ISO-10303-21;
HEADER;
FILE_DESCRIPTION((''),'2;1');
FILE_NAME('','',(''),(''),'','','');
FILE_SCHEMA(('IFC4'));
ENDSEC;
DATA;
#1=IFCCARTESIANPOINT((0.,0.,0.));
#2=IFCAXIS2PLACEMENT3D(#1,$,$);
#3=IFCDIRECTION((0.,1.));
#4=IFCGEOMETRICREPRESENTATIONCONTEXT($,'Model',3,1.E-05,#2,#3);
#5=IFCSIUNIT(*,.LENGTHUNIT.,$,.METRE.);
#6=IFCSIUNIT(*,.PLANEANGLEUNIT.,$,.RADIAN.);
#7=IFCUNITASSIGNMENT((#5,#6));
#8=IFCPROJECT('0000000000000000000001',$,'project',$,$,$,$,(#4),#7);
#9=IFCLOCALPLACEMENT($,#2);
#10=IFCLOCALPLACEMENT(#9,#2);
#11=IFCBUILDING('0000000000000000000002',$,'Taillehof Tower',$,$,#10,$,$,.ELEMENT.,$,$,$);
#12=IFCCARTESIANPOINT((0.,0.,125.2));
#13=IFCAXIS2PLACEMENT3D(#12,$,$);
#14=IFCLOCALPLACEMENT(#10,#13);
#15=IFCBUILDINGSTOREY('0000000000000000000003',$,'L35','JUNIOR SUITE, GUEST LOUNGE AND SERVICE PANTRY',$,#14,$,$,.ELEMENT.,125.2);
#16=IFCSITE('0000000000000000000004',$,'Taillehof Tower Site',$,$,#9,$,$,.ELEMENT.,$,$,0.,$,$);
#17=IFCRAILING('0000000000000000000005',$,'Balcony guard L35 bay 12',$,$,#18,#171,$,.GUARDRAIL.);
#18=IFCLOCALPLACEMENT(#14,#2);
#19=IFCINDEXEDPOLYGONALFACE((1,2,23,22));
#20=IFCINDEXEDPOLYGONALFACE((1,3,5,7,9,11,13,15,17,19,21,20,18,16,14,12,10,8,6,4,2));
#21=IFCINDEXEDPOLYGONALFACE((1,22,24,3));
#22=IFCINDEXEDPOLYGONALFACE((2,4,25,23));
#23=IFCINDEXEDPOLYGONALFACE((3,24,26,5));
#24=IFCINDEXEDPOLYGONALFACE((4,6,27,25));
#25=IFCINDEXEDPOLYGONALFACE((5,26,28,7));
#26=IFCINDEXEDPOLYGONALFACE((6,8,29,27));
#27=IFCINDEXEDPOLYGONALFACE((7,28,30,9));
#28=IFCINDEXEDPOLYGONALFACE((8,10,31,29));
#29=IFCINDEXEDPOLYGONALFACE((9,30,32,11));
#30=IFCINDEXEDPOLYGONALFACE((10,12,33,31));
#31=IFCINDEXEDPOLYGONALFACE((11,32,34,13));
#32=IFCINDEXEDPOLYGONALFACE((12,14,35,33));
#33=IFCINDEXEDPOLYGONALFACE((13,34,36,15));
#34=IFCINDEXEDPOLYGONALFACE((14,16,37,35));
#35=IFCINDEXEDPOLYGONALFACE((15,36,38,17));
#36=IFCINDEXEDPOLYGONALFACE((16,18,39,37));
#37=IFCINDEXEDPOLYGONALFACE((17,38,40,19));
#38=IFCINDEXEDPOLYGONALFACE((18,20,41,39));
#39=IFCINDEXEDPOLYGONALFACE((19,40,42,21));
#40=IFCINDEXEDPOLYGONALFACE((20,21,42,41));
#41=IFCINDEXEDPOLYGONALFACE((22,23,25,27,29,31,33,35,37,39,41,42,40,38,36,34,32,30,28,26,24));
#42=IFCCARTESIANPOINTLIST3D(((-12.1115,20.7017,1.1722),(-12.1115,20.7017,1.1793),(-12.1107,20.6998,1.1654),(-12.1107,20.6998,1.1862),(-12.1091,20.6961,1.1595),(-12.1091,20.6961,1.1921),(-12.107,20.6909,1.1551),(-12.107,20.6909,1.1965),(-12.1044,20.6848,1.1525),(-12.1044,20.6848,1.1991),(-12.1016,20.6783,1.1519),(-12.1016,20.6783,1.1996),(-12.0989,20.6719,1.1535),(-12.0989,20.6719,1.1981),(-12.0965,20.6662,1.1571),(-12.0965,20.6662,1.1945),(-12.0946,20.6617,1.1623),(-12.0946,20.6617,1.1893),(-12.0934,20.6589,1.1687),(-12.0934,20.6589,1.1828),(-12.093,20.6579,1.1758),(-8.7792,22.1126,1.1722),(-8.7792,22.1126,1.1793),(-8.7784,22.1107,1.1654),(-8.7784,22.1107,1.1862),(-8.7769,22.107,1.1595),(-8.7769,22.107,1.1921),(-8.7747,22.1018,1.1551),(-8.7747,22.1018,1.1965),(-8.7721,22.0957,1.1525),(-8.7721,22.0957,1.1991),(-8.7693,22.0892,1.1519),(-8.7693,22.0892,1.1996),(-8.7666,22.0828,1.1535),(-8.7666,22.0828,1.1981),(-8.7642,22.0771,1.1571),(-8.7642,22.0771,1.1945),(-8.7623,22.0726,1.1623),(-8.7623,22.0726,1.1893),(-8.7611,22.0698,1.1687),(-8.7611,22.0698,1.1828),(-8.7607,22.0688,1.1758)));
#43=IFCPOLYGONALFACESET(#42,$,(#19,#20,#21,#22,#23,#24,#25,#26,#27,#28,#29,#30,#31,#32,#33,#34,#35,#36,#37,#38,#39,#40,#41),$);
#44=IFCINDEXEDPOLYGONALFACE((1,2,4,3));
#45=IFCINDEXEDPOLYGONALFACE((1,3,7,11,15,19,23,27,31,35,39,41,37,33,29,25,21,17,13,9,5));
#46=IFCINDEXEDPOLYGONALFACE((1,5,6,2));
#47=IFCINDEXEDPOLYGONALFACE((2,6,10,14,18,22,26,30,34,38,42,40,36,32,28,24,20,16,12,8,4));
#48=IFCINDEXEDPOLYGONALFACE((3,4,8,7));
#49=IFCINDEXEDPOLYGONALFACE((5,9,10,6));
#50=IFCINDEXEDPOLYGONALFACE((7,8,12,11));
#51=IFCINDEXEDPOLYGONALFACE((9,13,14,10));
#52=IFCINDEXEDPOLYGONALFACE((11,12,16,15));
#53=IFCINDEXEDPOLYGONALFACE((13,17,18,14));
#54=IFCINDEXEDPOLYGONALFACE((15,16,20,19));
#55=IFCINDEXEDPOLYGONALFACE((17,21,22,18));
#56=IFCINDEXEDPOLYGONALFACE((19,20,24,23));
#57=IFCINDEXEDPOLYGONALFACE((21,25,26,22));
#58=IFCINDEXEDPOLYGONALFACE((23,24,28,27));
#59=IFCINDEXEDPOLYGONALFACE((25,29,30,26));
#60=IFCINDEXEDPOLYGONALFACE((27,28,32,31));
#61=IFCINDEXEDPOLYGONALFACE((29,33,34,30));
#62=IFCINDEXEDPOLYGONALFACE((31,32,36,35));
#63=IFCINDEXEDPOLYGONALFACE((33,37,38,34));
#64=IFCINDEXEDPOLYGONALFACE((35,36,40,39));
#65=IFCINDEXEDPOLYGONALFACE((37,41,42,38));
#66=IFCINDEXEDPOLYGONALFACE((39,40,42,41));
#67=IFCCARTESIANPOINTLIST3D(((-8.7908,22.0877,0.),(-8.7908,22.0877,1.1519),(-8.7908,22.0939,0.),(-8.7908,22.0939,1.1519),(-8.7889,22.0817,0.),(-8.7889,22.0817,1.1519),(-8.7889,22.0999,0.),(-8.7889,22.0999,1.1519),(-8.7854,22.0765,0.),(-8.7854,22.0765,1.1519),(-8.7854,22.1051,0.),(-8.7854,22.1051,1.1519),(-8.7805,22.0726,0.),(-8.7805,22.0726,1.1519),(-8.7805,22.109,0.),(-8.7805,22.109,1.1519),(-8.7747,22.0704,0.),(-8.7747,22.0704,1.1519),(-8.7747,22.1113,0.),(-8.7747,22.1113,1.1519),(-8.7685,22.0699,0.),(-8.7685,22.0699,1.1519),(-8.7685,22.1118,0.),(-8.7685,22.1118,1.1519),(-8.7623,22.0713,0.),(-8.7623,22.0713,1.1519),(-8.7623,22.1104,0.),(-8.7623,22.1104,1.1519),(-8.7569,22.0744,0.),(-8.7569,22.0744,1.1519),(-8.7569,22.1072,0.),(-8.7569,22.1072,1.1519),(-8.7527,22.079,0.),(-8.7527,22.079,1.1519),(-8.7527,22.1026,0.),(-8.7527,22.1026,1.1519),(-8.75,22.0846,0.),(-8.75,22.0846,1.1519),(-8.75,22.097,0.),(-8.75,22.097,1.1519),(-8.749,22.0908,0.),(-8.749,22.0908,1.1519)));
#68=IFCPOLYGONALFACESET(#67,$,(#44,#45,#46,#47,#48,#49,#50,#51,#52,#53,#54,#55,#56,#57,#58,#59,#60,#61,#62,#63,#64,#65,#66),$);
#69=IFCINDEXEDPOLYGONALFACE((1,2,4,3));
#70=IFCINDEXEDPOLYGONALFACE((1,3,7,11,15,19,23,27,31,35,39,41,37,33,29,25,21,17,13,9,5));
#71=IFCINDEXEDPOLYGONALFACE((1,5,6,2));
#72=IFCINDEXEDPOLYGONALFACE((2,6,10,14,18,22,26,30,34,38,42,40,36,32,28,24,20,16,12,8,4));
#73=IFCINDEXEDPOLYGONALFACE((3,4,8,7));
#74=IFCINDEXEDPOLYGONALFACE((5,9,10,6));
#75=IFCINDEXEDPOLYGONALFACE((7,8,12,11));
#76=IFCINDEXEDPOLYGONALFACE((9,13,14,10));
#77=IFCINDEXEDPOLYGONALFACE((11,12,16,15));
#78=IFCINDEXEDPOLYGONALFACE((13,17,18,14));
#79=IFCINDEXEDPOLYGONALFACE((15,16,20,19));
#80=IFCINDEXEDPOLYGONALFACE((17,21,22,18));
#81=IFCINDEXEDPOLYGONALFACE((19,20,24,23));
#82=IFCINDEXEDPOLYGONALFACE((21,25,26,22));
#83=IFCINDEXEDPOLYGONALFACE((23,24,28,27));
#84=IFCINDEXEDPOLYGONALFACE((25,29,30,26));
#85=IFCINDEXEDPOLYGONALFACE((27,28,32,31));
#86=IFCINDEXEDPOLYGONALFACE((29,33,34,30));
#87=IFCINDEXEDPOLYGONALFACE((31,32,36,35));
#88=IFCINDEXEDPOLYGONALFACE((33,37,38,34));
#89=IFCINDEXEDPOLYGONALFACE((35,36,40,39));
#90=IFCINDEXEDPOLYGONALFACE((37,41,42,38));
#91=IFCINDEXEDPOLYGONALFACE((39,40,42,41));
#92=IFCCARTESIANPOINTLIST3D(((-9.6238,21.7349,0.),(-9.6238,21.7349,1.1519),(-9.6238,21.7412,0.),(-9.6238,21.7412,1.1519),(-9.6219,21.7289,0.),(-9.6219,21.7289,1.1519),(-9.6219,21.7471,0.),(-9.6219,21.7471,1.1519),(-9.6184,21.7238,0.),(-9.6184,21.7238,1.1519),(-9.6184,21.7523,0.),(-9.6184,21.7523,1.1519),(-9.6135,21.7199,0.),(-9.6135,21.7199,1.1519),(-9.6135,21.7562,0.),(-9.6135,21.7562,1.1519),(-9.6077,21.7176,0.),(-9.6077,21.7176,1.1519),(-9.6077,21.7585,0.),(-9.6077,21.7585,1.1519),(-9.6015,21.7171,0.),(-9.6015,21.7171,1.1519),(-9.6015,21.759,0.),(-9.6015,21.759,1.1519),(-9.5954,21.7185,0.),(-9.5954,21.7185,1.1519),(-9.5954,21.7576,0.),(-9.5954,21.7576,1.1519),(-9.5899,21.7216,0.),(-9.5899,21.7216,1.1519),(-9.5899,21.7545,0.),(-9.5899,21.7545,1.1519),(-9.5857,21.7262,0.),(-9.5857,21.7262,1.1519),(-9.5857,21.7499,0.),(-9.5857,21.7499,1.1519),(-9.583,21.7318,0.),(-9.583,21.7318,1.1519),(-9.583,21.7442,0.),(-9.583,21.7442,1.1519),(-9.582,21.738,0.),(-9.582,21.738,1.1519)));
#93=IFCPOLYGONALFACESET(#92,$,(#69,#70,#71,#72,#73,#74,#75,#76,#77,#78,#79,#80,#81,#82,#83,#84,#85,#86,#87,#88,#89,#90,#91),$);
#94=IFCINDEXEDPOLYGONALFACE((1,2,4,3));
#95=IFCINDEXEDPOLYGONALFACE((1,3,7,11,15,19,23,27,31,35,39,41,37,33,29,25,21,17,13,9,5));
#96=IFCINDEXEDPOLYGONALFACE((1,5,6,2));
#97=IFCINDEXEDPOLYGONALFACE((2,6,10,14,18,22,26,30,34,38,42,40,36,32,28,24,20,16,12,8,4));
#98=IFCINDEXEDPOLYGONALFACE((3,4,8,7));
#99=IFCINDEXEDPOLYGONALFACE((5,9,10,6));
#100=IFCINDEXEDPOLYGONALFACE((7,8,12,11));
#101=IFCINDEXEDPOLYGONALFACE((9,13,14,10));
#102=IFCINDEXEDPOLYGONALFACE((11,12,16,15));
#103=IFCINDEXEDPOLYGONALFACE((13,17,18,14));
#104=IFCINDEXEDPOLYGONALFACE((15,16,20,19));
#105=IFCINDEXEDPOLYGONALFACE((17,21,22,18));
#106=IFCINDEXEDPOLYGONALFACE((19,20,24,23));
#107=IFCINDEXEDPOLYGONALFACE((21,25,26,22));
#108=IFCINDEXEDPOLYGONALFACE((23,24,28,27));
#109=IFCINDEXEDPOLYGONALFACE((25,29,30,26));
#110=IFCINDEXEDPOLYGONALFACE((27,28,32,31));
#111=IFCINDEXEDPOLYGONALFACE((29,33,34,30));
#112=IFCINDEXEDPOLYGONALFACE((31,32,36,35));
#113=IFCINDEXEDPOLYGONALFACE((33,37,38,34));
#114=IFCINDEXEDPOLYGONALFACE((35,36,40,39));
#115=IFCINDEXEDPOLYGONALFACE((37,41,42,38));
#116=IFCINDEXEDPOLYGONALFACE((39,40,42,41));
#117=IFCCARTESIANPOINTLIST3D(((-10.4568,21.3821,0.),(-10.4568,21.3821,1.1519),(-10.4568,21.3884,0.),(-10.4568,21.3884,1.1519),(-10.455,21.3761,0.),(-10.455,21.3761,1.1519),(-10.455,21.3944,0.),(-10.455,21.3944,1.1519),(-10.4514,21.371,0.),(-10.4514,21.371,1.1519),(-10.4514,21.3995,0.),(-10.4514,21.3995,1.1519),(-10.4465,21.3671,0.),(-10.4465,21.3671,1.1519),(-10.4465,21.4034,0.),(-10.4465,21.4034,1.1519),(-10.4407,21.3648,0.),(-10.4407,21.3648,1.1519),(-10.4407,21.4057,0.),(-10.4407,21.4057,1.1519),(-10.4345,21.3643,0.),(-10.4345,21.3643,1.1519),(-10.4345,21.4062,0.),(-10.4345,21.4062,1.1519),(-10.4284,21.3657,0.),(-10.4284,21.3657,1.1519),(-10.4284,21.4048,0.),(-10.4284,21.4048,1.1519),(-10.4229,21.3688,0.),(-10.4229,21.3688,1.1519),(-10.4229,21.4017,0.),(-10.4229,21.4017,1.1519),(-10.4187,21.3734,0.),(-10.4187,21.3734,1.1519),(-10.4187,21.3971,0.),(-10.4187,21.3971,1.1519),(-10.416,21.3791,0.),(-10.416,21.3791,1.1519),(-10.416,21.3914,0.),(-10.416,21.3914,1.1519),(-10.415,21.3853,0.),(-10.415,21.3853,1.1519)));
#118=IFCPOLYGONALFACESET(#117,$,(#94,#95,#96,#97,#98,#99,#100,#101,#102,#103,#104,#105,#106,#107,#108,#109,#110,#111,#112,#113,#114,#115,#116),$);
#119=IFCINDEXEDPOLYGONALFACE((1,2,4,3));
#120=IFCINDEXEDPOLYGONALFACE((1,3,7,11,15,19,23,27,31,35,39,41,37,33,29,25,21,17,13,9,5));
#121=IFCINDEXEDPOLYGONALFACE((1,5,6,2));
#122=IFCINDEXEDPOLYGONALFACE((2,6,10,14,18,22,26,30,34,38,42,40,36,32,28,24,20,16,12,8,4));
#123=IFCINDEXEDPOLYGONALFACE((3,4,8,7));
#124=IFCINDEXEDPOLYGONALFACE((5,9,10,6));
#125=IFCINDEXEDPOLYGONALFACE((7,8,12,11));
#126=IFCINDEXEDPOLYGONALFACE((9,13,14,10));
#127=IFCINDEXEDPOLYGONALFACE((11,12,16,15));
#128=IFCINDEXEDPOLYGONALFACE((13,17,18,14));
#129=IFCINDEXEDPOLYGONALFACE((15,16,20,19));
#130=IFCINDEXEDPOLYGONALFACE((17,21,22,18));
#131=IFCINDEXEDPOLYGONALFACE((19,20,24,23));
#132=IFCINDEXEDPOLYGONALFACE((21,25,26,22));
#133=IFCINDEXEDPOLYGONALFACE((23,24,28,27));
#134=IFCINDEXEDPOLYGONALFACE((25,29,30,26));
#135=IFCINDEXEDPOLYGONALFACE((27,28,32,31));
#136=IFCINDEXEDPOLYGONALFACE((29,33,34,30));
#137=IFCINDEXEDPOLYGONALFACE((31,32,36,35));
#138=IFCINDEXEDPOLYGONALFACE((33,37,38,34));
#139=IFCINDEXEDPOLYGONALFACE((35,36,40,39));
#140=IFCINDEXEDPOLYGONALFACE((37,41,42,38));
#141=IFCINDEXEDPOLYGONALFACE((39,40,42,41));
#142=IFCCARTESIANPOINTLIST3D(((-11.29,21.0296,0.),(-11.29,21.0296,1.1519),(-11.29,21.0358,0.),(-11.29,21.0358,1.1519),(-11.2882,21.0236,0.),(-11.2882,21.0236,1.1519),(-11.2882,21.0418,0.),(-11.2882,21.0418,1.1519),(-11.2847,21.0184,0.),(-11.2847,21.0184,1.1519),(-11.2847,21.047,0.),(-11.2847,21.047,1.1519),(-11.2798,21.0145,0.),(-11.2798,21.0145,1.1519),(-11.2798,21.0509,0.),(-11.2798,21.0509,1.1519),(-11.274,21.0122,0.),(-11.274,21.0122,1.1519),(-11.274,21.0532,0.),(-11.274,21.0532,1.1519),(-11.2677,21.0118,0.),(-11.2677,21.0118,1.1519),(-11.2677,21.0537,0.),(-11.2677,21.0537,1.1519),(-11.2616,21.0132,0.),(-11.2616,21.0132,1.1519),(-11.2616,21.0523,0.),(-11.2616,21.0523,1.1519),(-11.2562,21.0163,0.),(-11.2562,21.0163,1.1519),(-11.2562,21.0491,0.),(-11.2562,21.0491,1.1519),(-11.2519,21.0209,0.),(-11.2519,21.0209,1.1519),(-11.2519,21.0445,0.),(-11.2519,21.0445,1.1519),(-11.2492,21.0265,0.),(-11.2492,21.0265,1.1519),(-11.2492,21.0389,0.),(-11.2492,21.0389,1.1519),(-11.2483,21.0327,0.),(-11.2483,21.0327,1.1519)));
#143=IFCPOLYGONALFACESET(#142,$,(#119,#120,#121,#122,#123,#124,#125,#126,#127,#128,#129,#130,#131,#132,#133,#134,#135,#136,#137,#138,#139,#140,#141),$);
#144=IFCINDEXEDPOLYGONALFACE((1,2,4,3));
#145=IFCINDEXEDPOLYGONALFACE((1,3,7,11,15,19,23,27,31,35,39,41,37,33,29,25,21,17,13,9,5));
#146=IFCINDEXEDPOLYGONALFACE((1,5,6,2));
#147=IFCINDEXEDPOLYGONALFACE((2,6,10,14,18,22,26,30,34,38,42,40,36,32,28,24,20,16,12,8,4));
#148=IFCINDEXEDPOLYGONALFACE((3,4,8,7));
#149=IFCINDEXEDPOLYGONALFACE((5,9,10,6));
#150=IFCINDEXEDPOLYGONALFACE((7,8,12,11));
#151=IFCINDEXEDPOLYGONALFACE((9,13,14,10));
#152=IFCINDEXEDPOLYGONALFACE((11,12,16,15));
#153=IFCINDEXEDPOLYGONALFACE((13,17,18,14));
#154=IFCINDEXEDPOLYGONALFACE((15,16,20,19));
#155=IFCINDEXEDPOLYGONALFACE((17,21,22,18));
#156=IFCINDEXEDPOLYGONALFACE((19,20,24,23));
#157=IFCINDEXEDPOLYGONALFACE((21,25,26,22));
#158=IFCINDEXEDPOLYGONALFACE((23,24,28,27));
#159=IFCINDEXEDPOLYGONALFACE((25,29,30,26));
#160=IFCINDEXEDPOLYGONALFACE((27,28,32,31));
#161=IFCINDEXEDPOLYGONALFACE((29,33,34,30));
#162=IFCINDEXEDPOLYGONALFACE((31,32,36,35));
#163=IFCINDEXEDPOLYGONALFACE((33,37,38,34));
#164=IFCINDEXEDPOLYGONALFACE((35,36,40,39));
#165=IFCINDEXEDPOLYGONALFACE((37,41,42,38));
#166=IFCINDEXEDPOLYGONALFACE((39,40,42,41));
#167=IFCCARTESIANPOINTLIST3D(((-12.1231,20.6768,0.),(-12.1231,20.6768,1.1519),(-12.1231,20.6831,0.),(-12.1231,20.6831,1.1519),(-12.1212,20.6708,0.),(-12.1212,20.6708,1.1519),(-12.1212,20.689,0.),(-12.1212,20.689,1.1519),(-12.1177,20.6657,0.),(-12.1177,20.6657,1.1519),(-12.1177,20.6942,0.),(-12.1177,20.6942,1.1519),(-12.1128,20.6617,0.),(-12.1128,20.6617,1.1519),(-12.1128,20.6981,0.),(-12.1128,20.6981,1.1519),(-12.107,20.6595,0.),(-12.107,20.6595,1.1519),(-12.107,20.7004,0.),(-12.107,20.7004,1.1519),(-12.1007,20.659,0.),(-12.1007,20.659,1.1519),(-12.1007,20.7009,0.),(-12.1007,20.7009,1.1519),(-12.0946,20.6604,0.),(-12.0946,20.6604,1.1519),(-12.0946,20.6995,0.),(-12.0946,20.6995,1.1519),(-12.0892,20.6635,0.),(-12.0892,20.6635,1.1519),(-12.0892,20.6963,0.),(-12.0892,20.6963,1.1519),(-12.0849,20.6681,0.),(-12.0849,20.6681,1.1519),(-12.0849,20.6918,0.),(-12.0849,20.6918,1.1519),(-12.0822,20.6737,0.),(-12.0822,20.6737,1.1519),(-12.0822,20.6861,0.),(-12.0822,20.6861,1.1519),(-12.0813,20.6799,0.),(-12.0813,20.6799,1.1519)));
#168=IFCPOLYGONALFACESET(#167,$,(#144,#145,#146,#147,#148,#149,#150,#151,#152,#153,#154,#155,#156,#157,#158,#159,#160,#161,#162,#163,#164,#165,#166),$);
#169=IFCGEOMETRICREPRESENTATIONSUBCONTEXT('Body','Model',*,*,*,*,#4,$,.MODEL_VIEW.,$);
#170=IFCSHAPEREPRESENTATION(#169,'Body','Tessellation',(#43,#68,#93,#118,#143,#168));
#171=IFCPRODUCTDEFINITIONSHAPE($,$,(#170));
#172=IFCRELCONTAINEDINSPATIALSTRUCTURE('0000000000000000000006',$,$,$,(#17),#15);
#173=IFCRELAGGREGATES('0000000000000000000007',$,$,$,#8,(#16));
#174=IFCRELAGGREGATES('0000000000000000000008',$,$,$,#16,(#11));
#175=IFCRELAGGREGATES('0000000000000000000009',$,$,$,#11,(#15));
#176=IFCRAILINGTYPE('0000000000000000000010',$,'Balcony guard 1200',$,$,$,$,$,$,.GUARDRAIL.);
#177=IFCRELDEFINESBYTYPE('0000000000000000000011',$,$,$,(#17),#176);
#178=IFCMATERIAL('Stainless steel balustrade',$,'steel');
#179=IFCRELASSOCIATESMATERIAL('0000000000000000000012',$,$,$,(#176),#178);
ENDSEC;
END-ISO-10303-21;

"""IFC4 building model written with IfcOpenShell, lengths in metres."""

from ifc_helpers import new_model, si_unit, direction, frame, origin, origin_2d, place, context, subcontext, project, spatial, circle, extrude, material, type_object, element, save


model = new_model("IFC4")

# Units and contexts
model_context = context("Model", 3, precision=1e-05, world=origin(), true_north=direction((0.0, 1.0)))
body_context = subcontext(model_context, "Body", "Model", "MODEL_VIEW")
ifc_project = project(units=[si_unit("LENGTHUNIT", "METRE"), si_unit("PLANEANGLEUNIT", "RADIAN")], contexts=[model_context])

# Site, building, storey
site_placement = place(None, origin())
site = spatial("IfcSite", under=ifc_project, at=site_placement, Name="Taillehof Tower Site", CompositionType="ELEMENT", RefElevation=0.0)
building_placement = place(site_placement, origin())
building = spatial("IfcBuilding", under=site, at=building_placement, Name="Taillehof Tower", CompositionType="ELEMENT")
storey_placement = place(building_placement, frame((0.0, 0.0, 125.2)))
storey = spatial("IfcBuildingStorey", under=building, at=storey_placement, Name="L35", Description="JUNIOR SUITE, GUEST LOUNGE AND SERVICE PANTRY", CompositionType="ELEMENT", Elevation=125.2)

# Railing
ifc_material_1 = material(Name="Stainless steel balustrade", Category="steel")
railing_type = type_object("IfcRailingType", Name="Balcony guard 1200", PredefinedType="GUARDRAIL", material=ifc_material_1)
railing_1_placement = place(storey_placement, frame((-8.77, 22.0908, 0.0)))
element("IfcRailing", 1, at=railing_1_placement, inside=storey, type_object=railing_type, Name="Balcony guard L35 bay 12", PredefinedType="GUARDRAIL", context=body_context, shape_type="SweptSolid", body=[
    extrude(circle(Radius=0.0239, at=origin_2d()), frame((0.0, 0.0, 1.1758), z_axis=(-0.92086, -0.389893, 0.0), x_axis=(0.389893, -0.92086, 0.0)), (0.0, 0.0, 1.0), 3.6187),
    extrude(circle(Radius=0.021, at=origin_2d()), origin(), (0.0, 0.0, 1.0), 1.1519),
    extrude(circle(Radius=0.021, at=origin_2d()), frame((-0.833, -0.3528, 0.0)), (0.0, 0.0, 1.0), 1.1519),
    extrude(circle(Radius=0.021, at=origin_2d()), frame((-1.666, -0.7056, 0.0)), (0.0, 0.0, 1.0), 1.1519),
    extrude(circle(Radius=0.021, at=origin_2d()), frame((-2.4993, -1.0581, 0.0)), (0.0, 0.0, 1.0), 1.1519),
    extrude(circle(Radius=0.021, at=origin_2d()), frame((-3.3323, -1.4109, 0.0)), (0.0, 0.0, 1.0), 1.1519),
])

save(model, "model.ifc")
